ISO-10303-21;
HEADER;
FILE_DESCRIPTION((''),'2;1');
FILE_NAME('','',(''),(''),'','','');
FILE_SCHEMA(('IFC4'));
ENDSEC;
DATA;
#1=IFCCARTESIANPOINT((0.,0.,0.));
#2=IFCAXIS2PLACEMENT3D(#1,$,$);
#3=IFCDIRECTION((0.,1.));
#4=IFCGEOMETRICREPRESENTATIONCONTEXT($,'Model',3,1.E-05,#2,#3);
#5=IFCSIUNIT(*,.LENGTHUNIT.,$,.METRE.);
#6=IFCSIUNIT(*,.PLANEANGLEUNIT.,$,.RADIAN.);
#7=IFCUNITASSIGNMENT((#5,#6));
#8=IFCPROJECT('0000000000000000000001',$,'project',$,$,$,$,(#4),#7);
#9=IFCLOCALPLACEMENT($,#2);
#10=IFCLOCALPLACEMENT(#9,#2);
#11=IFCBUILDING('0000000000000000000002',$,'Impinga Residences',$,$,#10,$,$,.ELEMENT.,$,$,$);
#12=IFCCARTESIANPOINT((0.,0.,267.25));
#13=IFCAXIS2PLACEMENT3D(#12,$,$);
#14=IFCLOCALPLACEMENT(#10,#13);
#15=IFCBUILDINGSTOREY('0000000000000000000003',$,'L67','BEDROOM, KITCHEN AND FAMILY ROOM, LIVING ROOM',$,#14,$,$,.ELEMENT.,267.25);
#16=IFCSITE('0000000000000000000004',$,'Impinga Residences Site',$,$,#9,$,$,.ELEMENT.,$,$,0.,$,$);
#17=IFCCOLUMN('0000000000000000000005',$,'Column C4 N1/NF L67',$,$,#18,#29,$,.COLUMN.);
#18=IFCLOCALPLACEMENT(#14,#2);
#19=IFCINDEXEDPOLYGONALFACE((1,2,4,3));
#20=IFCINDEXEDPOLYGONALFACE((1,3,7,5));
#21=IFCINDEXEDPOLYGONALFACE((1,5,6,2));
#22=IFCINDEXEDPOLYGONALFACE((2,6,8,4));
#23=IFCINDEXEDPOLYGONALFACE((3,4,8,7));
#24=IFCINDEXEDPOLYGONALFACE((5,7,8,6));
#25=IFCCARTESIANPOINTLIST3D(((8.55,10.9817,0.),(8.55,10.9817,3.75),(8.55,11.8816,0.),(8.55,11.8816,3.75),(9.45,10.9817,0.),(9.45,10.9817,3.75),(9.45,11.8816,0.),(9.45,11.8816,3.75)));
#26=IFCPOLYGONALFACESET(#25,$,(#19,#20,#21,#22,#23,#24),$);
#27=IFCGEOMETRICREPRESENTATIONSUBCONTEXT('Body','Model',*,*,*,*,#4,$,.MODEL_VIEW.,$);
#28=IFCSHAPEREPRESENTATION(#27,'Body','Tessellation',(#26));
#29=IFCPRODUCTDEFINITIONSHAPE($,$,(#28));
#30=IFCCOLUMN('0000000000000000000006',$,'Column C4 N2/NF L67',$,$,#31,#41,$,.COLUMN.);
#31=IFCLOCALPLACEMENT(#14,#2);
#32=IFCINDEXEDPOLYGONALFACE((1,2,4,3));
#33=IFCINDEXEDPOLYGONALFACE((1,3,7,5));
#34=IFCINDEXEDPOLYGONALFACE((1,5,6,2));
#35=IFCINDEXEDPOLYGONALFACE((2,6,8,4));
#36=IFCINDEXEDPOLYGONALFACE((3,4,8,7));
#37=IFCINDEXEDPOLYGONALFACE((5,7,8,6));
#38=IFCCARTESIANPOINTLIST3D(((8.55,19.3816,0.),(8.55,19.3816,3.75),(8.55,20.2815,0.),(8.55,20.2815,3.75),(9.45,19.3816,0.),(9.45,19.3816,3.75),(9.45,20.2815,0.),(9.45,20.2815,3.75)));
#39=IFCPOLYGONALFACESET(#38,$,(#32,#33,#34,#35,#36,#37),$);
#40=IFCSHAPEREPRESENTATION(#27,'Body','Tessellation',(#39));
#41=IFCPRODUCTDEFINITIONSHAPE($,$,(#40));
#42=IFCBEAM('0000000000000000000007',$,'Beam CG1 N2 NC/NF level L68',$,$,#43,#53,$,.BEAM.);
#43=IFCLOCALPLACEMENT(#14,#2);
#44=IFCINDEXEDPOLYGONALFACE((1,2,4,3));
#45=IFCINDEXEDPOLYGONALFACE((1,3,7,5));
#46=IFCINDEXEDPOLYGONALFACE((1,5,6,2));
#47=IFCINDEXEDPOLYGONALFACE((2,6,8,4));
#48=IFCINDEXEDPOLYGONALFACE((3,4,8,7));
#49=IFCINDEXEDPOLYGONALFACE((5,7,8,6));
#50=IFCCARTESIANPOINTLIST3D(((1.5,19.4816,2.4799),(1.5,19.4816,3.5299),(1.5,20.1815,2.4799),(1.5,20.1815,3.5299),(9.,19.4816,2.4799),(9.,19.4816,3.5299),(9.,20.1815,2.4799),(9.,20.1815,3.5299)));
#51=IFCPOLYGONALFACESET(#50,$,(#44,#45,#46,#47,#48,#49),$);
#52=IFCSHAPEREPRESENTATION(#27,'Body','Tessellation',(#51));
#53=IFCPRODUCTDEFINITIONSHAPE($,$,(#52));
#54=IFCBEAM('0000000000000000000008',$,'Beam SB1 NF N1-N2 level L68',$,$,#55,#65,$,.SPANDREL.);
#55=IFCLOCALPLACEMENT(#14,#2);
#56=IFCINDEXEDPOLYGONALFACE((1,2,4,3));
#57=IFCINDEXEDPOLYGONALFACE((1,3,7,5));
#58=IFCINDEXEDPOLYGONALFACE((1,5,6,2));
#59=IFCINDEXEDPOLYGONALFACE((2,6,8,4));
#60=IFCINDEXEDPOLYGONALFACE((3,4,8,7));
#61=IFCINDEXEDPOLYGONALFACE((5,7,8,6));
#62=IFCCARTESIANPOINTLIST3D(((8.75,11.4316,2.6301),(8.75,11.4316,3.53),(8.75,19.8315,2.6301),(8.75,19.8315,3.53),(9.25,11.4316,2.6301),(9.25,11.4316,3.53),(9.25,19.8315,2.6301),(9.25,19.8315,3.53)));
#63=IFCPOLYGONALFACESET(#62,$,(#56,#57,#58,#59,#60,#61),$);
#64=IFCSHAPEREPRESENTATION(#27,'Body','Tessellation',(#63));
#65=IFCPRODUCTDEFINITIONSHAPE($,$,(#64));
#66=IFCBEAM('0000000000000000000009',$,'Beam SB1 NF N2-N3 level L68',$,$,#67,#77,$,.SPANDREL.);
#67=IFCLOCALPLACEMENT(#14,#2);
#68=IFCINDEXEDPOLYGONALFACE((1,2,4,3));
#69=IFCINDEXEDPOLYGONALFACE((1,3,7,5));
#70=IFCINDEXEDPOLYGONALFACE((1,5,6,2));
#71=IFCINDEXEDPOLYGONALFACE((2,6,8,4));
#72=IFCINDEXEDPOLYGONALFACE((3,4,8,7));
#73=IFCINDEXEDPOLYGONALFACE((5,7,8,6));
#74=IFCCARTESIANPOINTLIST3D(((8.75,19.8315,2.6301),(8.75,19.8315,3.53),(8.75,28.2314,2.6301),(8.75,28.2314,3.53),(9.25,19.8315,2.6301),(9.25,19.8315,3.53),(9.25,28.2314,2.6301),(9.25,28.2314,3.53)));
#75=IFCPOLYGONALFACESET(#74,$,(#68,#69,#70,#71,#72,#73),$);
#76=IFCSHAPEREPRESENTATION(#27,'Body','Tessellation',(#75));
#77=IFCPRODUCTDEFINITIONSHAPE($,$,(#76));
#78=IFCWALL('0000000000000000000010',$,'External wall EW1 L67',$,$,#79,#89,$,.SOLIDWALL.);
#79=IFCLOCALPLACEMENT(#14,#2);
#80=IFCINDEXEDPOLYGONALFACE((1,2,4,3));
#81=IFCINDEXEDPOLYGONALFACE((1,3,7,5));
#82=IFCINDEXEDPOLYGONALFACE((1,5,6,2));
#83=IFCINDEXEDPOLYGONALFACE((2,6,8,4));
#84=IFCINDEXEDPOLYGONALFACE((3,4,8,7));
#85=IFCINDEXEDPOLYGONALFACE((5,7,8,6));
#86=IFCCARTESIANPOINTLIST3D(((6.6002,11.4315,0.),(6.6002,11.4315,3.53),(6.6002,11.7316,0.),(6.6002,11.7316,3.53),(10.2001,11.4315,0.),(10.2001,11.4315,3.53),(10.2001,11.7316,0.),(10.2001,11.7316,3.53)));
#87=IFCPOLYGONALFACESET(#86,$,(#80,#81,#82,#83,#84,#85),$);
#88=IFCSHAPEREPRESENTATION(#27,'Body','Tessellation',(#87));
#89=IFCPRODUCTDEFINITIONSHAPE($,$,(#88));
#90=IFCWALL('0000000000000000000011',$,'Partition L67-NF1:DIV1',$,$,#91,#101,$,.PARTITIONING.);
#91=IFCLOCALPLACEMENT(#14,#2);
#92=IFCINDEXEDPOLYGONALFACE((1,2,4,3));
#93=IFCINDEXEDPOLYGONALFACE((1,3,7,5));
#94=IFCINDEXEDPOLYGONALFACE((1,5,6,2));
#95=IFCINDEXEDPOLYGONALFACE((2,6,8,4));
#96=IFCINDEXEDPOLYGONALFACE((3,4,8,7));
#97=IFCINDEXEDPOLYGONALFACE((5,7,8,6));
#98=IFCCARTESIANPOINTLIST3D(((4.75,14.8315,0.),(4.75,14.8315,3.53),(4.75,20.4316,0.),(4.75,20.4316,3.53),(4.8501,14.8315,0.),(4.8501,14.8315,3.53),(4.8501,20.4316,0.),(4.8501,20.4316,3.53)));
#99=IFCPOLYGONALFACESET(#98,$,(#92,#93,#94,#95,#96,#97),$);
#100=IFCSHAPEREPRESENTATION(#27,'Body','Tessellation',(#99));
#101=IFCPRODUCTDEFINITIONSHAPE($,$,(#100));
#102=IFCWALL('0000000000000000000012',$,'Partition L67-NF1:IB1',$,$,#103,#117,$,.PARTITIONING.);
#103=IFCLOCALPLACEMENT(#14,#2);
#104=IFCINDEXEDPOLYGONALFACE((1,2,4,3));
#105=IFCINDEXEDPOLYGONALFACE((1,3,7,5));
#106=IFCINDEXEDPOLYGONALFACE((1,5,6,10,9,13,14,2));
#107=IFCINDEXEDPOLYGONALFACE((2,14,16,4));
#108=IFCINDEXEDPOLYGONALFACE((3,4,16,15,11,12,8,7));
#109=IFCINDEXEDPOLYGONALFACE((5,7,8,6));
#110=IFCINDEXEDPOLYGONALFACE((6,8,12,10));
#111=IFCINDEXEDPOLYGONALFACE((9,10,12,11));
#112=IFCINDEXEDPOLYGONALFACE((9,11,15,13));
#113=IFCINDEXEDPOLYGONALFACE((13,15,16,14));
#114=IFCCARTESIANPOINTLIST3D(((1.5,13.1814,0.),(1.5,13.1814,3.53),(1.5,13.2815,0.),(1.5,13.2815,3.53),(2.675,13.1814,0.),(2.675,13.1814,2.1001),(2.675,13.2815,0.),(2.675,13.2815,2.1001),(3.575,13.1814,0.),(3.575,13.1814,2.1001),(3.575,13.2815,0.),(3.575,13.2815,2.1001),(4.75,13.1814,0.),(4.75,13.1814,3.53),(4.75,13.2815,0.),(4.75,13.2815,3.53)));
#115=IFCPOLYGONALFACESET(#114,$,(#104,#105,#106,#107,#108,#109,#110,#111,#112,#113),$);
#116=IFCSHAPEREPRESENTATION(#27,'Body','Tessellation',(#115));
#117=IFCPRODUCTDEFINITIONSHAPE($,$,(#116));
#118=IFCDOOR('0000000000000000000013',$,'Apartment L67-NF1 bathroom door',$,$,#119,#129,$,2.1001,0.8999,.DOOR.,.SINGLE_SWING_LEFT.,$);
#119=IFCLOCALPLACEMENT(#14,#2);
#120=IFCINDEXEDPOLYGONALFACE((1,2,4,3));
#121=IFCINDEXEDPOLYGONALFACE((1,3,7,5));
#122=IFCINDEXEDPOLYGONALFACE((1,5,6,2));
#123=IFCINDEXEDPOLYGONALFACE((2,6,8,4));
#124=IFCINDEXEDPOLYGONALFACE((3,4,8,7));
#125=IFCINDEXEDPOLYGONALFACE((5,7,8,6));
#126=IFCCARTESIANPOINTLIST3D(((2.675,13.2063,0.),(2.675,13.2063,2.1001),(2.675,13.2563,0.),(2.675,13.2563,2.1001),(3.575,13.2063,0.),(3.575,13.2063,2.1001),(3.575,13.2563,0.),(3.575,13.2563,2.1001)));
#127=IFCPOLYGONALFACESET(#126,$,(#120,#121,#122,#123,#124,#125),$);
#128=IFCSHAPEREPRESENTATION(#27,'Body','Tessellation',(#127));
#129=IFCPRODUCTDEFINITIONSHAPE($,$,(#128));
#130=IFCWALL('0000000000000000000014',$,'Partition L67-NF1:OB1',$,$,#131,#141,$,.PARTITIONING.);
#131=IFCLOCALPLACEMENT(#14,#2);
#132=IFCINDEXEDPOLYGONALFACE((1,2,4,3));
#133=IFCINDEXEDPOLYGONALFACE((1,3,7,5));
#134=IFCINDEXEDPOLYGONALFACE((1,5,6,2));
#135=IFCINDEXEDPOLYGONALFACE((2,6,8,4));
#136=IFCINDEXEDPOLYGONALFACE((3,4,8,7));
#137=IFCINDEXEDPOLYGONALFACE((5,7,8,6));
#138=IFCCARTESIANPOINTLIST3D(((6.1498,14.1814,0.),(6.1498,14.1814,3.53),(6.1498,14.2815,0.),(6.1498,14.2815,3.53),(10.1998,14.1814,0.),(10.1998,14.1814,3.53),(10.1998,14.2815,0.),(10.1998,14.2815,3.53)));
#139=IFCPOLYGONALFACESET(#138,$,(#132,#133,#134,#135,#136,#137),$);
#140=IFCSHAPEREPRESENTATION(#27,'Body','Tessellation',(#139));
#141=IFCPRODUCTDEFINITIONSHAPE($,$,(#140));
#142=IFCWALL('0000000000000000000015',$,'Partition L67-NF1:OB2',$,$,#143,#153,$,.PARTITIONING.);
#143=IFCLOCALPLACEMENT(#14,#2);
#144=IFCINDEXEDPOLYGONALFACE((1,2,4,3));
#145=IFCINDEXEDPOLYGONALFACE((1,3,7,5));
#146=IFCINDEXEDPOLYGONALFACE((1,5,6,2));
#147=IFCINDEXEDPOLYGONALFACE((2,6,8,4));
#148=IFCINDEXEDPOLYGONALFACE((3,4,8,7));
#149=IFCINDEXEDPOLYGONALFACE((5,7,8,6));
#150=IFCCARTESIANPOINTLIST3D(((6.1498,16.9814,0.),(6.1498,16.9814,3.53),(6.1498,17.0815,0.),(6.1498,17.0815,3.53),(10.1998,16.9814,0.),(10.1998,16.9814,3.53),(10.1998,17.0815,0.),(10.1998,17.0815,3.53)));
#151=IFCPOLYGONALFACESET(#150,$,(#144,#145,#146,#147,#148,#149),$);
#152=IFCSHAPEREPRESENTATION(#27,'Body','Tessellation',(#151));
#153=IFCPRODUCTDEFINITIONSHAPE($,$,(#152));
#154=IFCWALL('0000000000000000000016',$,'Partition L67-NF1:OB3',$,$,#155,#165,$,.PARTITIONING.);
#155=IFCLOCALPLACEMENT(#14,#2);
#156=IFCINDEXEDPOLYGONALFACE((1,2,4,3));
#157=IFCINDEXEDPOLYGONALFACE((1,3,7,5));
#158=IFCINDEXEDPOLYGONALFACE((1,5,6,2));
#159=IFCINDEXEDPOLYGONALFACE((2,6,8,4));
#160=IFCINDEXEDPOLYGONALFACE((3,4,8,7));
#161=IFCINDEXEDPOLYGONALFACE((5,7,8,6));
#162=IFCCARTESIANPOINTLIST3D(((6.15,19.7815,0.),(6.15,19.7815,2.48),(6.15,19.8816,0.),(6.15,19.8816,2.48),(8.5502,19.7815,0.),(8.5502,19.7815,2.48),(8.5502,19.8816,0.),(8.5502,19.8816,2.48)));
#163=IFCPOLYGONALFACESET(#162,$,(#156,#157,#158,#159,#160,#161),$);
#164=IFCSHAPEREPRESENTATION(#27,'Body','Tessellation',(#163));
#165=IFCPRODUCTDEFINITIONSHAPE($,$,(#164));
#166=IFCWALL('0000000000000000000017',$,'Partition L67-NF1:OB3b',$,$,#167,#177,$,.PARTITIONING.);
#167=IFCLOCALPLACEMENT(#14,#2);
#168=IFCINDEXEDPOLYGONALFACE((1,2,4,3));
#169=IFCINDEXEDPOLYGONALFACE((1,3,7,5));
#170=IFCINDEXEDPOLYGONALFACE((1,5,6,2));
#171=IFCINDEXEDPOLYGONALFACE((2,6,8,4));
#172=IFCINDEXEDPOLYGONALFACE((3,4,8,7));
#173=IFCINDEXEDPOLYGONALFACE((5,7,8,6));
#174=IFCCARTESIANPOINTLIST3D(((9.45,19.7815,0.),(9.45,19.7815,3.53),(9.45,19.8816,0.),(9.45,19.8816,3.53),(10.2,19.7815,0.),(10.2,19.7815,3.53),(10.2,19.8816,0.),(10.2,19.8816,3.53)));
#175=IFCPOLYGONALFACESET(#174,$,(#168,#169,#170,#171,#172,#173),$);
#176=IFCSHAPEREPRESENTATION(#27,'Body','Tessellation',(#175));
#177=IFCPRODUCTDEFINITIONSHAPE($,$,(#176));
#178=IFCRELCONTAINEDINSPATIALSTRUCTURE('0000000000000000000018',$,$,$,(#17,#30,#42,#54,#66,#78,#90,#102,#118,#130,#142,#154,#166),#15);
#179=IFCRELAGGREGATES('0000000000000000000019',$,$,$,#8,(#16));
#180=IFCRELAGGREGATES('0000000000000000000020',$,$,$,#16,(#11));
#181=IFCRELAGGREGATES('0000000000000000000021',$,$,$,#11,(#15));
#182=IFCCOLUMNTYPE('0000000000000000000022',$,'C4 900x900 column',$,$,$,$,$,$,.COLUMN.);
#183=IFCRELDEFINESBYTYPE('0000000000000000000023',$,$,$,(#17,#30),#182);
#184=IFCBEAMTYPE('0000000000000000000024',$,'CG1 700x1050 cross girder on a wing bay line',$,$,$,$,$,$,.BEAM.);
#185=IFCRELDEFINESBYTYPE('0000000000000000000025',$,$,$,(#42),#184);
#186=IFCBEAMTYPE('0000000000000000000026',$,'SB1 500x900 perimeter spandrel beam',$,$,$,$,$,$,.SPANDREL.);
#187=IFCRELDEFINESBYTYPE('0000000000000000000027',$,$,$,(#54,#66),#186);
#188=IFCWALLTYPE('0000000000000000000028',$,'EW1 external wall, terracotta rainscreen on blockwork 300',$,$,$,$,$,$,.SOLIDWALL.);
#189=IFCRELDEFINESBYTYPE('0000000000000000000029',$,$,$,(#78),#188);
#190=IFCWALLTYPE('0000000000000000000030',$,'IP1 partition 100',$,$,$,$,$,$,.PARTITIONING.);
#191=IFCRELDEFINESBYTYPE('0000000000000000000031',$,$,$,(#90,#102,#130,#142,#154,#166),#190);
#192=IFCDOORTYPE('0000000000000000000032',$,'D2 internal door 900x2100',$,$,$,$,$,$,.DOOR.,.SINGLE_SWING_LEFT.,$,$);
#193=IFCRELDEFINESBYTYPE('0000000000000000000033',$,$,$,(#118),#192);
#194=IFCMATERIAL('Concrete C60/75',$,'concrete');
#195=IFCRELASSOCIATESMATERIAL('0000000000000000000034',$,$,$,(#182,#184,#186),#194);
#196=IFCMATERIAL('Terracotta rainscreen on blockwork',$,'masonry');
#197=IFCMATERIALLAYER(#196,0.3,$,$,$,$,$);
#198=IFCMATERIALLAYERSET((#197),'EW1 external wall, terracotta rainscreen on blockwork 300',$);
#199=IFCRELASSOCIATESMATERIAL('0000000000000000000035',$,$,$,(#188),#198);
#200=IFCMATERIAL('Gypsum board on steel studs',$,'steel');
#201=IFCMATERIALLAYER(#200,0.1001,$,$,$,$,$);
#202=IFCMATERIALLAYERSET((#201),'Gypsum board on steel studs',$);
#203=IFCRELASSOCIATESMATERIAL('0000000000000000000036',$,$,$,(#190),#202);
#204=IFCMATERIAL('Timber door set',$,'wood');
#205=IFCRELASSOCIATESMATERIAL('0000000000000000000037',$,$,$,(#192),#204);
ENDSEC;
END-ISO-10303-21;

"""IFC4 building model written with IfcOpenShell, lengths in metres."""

from ifc_helpers import new_model, si_unit, direction, frame, frame_2d, origin, origin_2d, place, context, subcontext, project, spatial, rectangle, extrude, material, layer, layer_set, material_profile, profile_set, type_object, element, fill, save


model = new_model("IFC4")

# Units and contexts
model_context = context("Model", 3, precision=1e-05, world=origin(), true_north=direction((0.0, 1.0)))
body_context = subcontext(model_context, "Body", "Model", "MODEL_VIEW")
ifc_project = project(units=[si_unit("LENGTHUNIT", "METRE"), si_unit("PLANEANGLEUNIT", "RADIAN")], contexts=[model_context])

# Site, building, storey
site_placement = place(None, origin())
site = spatial("IfcSite", under=ifc_project, at=site_placement, Name="Impinga Residences Site", CompositionType="ELEMENT", RefElevation=0.0)
building_placement = place(site_placement, origin())
building = spatial("IfcBuilding", under=site, at=building_placement, Name="Impinga Residences", CompositionType="ELEMENT")
storey_placement = place(building_placement, frame((0.0, 0.0, 267.25)))
storey = spatial("IfcBuildingStorey", under=building, at=storey_placement, Name="L67", Description="BEDROOM, KITCHEN AND FAMILY ROOM, LIVING ROOM", CompositionType="ELEMENT", Elevation=267.25)

# Columns
ifc_material_1 = material(Name="Concrete C60/75", Category="concrete")
ifc_material_profile_1 = material_profile(ifc_material_1, rectangle(XDim=0.8999, YDim=0.8999, at=origin_2d()), Name="RC 900x900")
ifc_profile_set_1 = profile_set([ifc_material_profile_1], Name="Concrete C60/75")
column_type = type_object("IfcColumnType", Name="C4 900x900 column", PredefinedType="COLUMN", material=ifc_profile_set_1)
for number, where, z_axis, x_axis, name in (
    (1, (9.0, 11.4316, 0.0), (0.0, 0.0, 1.0), (1.0, 0.0, 0.0), "Column C4 N1/NF L67"),
    (2, (9.0, 19.8315, 0.0), (0.0, 0.0, 1.0), (1.0, 0.0, 0.0), "Column C4 N2/NF L67"),
):
    element("IfcColumn", number, at=place(storey_placement, frame(where, z_axis=z_axis, x_axis=x_axis)), inside=storey, type_object=column_type, Name=name, PredefinedType="COLUMN", context=body_context, shape_type="SweptSolid", body=[
        extrude(rectangle(XDim=0.8999, YDim=0.8999, at=origin_2d()), origin(), (0.0, 0.0, 1.0), 3.75),
    ])

# Beams
ifc_material_profile_2 = material_profile(ifc_material_1, rectangle(XDim=0.7, YDim=1.05, at=origin_2d()), Name="RC 700x1050")
ifc_profile_set_2 = profile_set([ifc_material_profile_2], Name="Concrete C60/75")
beam_type_1 = type_object("IfcBeamType", Name="CG1 700x1050 cross girder on a wing bay line", PredefinedType="BEAM", material=ifc_profile_set_2)
beam_placement = place(storey_placement, frame((1.5, 19.8315, 3.0049), z_axis=(1.0, 0.0, 0.0), x_axis=(0.0, 1.0, 0.0)))
element("IfcBeam", 3, at=beam_placement, inside=storey, type_object=beam_type_1, Name="Beam CG1 N2 NC/NF level L68", PredefinedType="BEAM", context=body_context, shape_type="SweptSolid", body=[
    extrude(rectangle(XDim=0.7, YDim=1.05, at=origin_2d()), origin(), (0.0, 0.0, 1.0), 7.5),
])
ifc_material_profile_3 = material_profile(ifc_material_1, rectangle(XDim=0.5, YDim=0.8999, at=origin_2d()), Name="RC 500x900")
ifc_profile_set_3 = profile_set([ifc_material_profile_3], Name="Concrete C60/75")
beam_type_2 = type_object("IfcBeamType", Name="SB1 500x900 perimeter spandrel beam", PredefinedType="SPANDREL", material=ifc_profile_set_3)
for number, where, z_axis, x_axis, name in (
    (4, (9.0, 11.4316, 3.0801), (0.0, 1.0, 0.0), (-1.0, 0.0, 0.0), "Beam SB1 NF N1-N2 level L68"),
    (5, (9.0, 19.8315, 3.0801), (0.0, 1.0, 0.0), (-1.0, 0.0, 0.0), "Beam SB1 NF N2-N3 level L68"),
):
    element("IfcBeam", number, at=place(storey_placement, frame(where, z_axis=z_axis, x_axis=x_axis)), inside=storey, type_object=beam_type_2, Name=name, PredefinedType="SPANDREL", context=body_context, shape_type="SweptSolid", body=[
        extrude(rectangle(XDim=0.5, YDim=0.8999, at=origin_2d()), origin(), (0.0, 0.0, 1.0), 8.3999),
    ])

# Walls
ifc_material_2 = material(Name="Terracotta rainscreen on blockwork", Category="masonry")
ifc_layer_1 = layer(ifc_material_2, 0.3)
ifc_layer_set_1 = layer_set([ifc_layer_1], Name="EW1 external wall, terracotta rainscreen on blockwork 300")
wall_type_1 = type_object("IfcWallType", Name="EW1 external wall, terracotta rainscreen on blockwork 300", PredefinedType="SOLIDWALL", material=ifc_layer_set_1)
wall_1_placement = place(storey_placement, frame((10.2, 11.5815, 0.0), z_axis=(0.0, 0.0, 1.0), x_axis=(-1.0, 0.0, 0.0)))
element("IfcWall", 6, at=wall_1_placement, inside=storey, type_object=wall_type_1, Name="External wall EW1 L67", PredefinedType="SOLIDWALL", context=body_context, shape_type="SweptSolid", body=[
    extrude(rectangle(XDim=3.5999, YDim=0.3, at=frame_2d((1.7998, 0.0))), origin(), (0.0, 0.0, 1.0), 3.53),
])
ifc_material_3 = material(Name="Gypsum board on steel studs", Category="steel")
ifc_layer_2 = layer(ifc_material_3, 0.1001)
ifc_layer_set_2 = layer_set([ifc_layer_2], Name="Gypsum board on steel studs")
wall_type_2 = type_object("IfcWallType", Name="IP1 partition 100", PredefinedType="PARTITIONING", material=ifc_layer_set_2)
wall_2_placement = place(storey_placement, frame((4.8, 14.8315, 0.0), z_axis=(0.0, 0.0, 1.0), x_axis=(0.0, 1.0, 0.0)))
element("IfcWall", 7, at=wall_2_placement, inside=storey, type_object=wall_type_2, Name="Partition L67-NF1:DIV1", PredefinedType="PARTITIONING", context=body_context, shape_type="SweptSolid", body=[
    extrude(rectangle(XDim=5.6001, YDim=0.1001, at=frame_2d((2.8, 0.0))), origin(), (0.0, 0.0, 1.0), 3.53),
])

# Wall, opening, door
wall_3_placement = place(storey_placement, frame((1.5, 13.2314, 0.0), z_axis=(0.0, 0.0, 1.0), x_axis=(1.0, 0.0, 0.0)))
wall_3 = element("IfcWall", 8, at=wall_3_placement, inside=storey, type_object=wall_type_2, Name="Partition L67-NF1:IB1", PredefinedType="PARTITIONING", context=body_context, shape_type="SweptSolid", body=[
    extrude(rectangle(XDim=3.25, YDim=0.1001, at=frame_2d((1.625, 0.0))), origin(), (0.0, 0.0, 1.0), 3.53),
])
opening_1_placement = place(wall_3_placement, frame((1.175, 0.0, 0.0)))
opening_1 = element("IfcOpeningElement", 9, at=opening_1_placement, cuts=wall_3, PredefinedType="OPENING", context=body_context, shape_type="SweptSolid", body=[
    extrude(rectangle(XDim=0.8999, YDim=2.1001, at=frame_2d((0.45, 1.05))), frame((0.0, 0.0601, 0.0), z_axis=(0.0, -1.0, 0.0), x_axis=(1.0, 0.0, 0.0)), (0.0, 0.0, 1.0), 0.1201),
])
ifc_material_4 = material(Name="Timber door set", Category="wood")
door_type = type_object("IfcDoorType", Name="D2 internal door 900x2100", OperationType="SINGLE_SWING_LEFT", PredefinedType="DOOR", material=ifc_material_4)
door_1_placement = place(opening_1_placement, origin())
door_1 = element("IfcDoor", 10, at=door_1_placement, inside=storey, type_object=door_type, Name="Apartment L67-NF1 bathroom door", OperationType="SINGLE_SWING_LEFT", OverallHeight=2.1001, OverallWidth=0.8999, PredefinedType="DOOR", context=body_context, shape_type="SweptSolid", body=[
    extrude(rectangle(XDim=0.8999, YDim=2.1001, at=frame_2d((0.45, 1.05))), frame((0.0, 0.0249, 0.0), z_axis=(0.0, -1.0, 0.0), x_axis=(1.0, 0.0, 0.0)), (0.0, 0.0, 1.0), 0.05),
])
fill(opening_1, door_1)

# Walls
for number, where, z_axis, x_axis, name in (
    (11, (6.1499, 14.2314, 0.0), (0.0, 0.0, 1.0), (1.0, 0.0, 0.0), "Partition L67-NF1:OB1"),
    (12, (6.1499, 17.0315, 0.0), (0.0, 0.0, 1.0), (1.0, 0.0, 0.0), "Partition L67-NF1:OB2"),
):
    element("IfcWall", number, at=place(storey_placement, frame(where, z_axis=z_axis, x_axis=x_axis)), inside=storey, type_object=wall_type_2, Name=name, PredefinedType="PARTITIONING", context=body_context, shape_type="SweptSolid", body=[
        extrude(rectangle(XDim=4.05, YDim=0.1001, at=frame_2d((2.0249, 0.0))), origin(), (0.0, 0.0, 1.0), 3.53),
    ])
wall_4_placement = place(storey_placement, frame((6.1499, 19.8315, 0.0), z_axis=(0.0, 0.0, 1.0), x_axis=(1.0, 0.0, 0.0)))
element("IfcWall", 13, at=wall_4_placement, inside=storey, type_object=wall_type_2, Name="Partition L67-NF1:OB3", PredefinedType="PARTITIONING", context=body_context, shape_type="SweptSolid", body=[
    extrude(rectangle(XDim=2.4001, YDim=0.1001, at=frame_2d((1.2002, 0.0))), origin(), (0.0, 0.0, 1.0), 2.48),
])
wall_5_placement = place(storey_placement, frame((9.45, 19.8315, 0.0), z_axis=(0.0, 0.0, 1.0), x_axis=(1.0, 0.0, 0.0)))
element("IfcWall", 14, at=wall_5_placement, inside=storey, type_object=wall_type_2, Name="Partition L67-NF1:OB3b", PredefinedType="PARTITIONING", context=body_context, shape_type="SweptSolid", body=[
    extrude(rectangle(XDim=0.75, YDim=0.1001, at=frame_2d((0.375, 0.0))), origin(), (0.0, 0.0, 1.0), 3.53),
])

save(model, "model.ifc")
